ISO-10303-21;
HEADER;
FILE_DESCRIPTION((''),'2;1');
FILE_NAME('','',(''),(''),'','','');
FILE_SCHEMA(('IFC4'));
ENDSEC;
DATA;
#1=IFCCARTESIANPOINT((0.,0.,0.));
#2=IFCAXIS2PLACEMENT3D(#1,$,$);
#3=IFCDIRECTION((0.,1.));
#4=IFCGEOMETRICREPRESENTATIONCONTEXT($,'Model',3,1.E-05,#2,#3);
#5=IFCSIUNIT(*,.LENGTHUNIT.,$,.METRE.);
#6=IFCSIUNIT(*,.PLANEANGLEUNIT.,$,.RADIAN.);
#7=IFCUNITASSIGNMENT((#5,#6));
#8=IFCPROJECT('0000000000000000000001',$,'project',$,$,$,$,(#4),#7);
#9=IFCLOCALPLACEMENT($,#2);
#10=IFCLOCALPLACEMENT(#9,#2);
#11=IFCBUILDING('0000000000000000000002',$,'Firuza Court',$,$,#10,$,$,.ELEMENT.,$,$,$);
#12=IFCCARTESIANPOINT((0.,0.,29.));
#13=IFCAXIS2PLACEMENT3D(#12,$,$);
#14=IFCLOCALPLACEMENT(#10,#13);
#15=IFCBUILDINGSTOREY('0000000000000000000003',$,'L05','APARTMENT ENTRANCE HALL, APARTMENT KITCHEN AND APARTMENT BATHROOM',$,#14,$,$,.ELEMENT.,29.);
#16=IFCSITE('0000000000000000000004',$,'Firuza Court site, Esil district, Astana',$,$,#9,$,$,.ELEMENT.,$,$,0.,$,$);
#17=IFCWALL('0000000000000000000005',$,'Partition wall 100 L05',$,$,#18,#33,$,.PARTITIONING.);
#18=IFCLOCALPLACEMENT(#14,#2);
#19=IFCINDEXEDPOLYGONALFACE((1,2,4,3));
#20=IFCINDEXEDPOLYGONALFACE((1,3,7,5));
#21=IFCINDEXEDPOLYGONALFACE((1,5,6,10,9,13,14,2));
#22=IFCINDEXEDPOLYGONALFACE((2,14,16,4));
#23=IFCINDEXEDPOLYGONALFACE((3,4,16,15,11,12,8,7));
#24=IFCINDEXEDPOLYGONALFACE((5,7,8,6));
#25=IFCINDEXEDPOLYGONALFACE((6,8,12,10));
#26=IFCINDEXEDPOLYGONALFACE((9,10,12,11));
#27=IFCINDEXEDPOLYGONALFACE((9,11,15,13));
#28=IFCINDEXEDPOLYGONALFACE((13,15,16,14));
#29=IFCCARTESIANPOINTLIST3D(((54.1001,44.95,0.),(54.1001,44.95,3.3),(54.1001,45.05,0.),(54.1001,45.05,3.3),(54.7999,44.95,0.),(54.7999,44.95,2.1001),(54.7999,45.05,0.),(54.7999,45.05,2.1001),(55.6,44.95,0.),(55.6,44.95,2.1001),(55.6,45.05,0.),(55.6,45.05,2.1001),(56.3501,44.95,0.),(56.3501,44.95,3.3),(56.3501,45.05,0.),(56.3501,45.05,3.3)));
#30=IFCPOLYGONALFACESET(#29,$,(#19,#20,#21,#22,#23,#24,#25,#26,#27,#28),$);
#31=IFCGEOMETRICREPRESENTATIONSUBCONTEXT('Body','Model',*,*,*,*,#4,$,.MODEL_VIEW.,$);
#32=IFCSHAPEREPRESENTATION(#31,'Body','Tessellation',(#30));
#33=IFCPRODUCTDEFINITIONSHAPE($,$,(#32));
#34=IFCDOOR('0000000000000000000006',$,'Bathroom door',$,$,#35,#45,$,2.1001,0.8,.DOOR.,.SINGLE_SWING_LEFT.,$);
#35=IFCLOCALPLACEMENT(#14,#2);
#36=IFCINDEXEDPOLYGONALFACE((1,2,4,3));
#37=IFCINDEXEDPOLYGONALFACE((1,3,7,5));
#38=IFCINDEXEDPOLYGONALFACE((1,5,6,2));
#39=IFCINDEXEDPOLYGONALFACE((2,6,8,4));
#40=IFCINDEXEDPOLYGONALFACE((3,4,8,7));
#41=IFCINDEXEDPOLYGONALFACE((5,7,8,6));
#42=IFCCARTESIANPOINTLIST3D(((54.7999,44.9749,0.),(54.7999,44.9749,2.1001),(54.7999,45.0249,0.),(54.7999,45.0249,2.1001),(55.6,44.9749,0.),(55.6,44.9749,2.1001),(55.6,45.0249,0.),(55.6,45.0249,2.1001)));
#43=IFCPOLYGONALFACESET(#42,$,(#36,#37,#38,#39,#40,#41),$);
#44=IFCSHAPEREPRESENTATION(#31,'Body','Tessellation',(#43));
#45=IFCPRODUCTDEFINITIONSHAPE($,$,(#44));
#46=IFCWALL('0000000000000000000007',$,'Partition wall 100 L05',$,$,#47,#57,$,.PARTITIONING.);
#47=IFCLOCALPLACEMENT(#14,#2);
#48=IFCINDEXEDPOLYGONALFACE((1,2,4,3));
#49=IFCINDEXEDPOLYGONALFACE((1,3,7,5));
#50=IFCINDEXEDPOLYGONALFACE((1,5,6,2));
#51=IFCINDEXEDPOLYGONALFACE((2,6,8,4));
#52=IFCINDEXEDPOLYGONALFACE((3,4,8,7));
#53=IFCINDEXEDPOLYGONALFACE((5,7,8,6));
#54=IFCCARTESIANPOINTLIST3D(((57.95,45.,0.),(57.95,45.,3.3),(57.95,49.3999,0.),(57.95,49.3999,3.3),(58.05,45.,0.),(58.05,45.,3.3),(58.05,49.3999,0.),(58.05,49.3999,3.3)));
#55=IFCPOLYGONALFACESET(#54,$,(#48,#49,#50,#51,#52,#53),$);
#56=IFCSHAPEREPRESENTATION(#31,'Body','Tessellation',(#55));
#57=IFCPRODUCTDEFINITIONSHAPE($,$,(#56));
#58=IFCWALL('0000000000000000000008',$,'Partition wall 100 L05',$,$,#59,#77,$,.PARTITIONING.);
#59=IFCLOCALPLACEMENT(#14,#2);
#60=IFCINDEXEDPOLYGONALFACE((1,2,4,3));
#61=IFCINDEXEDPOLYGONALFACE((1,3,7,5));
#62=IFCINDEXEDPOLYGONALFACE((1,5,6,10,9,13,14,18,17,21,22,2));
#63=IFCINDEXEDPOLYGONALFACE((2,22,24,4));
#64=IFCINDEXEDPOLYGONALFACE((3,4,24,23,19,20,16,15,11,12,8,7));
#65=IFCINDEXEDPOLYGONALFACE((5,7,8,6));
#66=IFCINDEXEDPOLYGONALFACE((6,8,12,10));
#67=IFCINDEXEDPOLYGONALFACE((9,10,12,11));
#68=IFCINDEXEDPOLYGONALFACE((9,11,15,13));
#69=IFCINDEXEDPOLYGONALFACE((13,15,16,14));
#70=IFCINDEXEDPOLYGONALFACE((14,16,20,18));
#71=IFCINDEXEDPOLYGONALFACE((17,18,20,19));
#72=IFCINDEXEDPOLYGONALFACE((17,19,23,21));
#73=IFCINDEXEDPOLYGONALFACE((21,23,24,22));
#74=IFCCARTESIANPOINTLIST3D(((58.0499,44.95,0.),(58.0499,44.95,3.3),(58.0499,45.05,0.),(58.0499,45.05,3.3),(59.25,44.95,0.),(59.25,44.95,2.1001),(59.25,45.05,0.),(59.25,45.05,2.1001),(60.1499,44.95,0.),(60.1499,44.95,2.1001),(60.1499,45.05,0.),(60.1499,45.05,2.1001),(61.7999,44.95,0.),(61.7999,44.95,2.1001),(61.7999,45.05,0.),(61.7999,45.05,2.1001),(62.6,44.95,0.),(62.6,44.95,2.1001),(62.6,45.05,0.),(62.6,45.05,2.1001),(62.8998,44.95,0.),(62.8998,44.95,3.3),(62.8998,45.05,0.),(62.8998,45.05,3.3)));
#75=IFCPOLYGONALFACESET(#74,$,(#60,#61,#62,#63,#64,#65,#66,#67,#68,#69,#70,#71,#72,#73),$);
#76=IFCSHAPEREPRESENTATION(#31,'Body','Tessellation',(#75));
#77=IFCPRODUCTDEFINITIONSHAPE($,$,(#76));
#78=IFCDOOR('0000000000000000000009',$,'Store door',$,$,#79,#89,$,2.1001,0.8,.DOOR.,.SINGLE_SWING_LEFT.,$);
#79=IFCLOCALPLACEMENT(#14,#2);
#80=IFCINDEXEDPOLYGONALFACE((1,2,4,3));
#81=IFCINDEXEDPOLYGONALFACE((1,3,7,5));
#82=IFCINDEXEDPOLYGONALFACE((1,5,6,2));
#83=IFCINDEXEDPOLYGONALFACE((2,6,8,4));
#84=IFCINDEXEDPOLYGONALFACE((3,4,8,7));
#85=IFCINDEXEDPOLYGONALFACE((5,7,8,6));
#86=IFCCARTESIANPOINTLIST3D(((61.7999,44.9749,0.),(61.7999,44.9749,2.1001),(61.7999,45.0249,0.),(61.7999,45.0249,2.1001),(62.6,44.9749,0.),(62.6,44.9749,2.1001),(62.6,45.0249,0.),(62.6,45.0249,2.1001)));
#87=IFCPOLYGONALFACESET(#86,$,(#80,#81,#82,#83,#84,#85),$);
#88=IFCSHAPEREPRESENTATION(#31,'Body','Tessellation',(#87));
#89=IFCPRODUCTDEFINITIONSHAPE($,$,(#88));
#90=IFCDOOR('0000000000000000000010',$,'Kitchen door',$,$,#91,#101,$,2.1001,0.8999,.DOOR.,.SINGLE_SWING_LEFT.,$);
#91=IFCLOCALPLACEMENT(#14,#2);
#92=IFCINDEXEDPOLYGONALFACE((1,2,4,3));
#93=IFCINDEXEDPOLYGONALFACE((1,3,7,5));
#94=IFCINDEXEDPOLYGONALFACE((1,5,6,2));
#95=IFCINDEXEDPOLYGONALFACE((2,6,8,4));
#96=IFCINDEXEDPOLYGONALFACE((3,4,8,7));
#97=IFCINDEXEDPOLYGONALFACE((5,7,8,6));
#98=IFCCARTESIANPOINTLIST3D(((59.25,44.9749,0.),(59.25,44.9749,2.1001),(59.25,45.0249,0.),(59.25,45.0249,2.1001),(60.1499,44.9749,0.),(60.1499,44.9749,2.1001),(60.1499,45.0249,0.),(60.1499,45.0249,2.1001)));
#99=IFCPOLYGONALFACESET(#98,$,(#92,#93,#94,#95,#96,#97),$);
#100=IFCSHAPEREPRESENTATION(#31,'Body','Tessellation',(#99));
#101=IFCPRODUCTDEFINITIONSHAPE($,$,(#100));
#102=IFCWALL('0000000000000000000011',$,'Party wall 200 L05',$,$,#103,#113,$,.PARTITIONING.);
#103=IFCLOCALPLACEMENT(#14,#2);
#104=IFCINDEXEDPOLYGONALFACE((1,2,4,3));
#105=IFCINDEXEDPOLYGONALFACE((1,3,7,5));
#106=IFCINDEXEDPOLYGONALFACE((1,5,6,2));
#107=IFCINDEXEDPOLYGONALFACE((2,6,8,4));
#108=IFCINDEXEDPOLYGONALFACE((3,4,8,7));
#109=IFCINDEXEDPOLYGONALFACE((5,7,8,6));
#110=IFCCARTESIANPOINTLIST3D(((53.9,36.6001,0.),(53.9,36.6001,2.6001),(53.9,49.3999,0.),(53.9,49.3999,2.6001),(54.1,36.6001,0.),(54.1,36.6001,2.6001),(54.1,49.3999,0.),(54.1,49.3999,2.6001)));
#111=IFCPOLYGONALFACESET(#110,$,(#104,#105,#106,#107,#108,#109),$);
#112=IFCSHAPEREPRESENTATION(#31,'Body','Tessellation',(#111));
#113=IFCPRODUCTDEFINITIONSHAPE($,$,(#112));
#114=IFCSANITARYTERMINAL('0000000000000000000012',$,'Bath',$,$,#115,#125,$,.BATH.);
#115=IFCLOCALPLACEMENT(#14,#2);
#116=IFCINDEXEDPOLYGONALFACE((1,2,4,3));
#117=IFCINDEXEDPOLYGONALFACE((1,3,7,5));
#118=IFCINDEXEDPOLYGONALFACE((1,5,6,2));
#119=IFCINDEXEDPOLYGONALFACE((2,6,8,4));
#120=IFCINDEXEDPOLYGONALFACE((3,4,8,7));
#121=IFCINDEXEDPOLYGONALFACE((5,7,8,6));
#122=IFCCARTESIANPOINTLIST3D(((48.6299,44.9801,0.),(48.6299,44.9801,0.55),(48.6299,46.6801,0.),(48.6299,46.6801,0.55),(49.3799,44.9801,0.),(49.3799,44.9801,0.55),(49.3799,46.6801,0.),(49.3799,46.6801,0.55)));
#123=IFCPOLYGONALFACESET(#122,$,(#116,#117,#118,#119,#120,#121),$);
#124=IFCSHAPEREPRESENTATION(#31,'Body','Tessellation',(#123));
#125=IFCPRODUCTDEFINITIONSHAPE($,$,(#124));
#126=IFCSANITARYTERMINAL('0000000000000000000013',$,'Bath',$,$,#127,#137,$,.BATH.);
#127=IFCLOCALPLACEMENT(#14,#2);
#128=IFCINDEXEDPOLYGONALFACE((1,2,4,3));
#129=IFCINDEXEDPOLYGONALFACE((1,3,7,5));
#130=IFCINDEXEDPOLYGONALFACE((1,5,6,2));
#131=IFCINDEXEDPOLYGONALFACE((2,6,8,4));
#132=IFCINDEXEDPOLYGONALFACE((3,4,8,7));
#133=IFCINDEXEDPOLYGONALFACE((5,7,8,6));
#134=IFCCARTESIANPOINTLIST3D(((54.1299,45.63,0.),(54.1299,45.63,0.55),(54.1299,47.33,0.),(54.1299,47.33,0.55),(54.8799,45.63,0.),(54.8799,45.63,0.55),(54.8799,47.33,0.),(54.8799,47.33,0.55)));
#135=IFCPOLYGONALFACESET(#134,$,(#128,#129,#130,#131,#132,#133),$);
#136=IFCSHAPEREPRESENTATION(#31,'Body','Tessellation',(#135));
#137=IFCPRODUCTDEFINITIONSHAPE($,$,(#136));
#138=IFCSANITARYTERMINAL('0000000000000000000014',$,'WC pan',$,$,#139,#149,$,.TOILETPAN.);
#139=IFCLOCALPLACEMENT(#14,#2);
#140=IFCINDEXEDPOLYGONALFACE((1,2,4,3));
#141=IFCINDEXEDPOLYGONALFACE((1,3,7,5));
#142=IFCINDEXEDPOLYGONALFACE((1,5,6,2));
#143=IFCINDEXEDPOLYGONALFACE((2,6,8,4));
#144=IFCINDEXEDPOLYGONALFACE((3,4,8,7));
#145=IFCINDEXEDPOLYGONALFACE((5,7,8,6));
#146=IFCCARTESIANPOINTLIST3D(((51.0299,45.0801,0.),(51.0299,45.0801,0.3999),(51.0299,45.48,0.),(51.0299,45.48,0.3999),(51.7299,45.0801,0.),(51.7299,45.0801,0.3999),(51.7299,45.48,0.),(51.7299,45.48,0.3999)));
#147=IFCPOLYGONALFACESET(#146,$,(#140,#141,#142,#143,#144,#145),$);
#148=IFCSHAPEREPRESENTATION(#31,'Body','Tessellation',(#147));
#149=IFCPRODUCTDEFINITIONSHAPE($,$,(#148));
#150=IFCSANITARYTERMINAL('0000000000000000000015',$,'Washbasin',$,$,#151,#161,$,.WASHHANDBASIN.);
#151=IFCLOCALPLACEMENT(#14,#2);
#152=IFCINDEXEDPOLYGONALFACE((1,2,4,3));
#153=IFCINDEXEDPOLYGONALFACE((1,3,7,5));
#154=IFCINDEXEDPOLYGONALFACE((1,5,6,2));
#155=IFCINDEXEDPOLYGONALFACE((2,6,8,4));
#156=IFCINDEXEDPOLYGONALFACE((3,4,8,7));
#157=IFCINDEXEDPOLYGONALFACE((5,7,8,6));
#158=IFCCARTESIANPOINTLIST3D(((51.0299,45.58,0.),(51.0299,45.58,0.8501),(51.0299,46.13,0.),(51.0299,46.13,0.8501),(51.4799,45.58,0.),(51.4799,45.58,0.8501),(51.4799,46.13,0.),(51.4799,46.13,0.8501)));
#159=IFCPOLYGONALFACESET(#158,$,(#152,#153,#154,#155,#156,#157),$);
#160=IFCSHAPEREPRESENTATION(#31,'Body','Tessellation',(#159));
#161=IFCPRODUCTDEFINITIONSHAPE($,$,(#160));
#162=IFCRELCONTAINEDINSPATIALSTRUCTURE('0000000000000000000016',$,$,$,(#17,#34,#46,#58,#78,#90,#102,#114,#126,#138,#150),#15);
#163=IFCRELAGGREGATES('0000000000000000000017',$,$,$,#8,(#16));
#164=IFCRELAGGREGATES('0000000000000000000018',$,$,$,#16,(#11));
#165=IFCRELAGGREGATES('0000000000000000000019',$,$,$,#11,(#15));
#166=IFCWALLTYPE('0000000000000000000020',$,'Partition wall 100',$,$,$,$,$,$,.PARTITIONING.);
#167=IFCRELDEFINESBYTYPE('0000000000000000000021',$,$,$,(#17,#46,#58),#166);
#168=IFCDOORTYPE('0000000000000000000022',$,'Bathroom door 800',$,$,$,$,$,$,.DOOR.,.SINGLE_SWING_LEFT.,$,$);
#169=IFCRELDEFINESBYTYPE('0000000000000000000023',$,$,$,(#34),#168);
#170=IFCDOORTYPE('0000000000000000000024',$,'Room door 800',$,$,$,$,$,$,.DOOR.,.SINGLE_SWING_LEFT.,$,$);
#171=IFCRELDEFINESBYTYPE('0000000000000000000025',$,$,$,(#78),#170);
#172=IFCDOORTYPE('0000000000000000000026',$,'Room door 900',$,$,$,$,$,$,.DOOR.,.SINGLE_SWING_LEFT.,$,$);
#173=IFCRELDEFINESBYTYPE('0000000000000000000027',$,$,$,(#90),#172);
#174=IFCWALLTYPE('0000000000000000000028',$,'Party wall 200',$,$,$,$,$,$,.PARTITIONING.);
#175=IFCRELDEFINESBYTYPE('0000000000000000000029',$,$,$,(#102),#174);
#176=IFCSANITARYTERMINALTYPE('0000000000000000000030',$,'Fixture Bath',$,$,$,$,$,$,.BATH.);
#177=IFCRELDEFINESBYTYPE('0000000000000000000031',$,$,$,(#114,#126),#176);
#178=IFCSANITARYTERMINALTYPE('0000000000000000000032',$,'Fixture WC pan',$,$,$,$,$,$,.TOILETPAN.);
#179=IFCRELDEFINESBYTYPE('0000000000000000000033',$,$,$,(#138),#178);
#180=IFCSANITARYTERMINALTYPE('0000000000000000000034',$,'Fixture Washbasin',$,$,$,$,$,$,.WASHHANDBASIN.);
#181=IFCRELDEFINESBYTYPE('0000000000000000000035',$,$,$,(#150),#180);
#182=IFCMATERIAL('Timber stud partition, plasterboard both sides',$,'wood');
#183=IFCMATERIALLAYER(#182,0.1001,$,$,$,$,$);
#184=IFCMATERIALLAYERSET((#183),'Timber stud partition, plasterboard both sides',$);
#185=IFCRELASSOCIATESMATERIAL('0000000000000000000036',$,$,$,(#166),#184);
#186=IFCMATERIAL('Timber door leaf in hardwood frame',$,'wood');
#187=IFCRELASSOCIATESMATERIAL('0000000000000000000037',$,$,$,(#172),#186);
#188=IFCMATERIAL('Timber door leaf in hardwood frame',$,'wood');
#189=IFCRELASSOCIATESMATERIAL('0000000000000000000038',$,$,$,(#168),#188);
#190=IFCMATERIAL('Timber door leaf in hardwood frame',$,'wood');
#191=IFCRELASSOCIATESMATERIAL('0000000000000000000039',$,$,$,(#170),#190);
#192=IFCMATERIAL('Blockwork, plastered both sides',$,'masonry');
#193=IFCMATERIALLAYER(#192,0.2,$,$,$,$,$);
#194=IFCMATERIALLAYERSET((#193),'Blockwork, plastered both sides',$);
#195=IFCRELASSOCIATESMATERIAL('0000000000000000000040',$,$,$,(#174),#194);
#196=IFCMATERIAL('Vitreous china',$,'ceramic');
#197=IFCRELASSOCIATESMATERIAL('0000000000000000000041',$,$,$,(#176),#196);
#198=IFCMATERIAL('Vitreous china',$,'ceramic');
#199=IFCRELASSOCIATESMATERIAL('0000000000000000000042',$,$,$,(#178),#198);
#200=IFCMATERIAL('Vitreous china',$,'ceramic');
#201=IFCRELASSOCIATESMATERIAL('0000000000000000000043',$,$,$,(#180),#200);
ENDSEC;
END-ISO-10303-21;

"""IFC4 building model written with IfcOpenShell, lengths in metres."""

from ifc_helpers import new_model, si_unit, direction, frame, frame_2d, origin, origin_2d, place, context, subcontext, project, spatial, rectangle, extrude, material, layer, layer_set, type_object, element, fill, save


model = new_model("IFC4")

# Units and contexts
model_context = context("Model", 3, precision=1e-05, world=origin(), true_north=direction((0.0, 1.0)))
body_context = subcontext(model_context, "Body", "Model", "MODEL_VIEW")
ifc_project = project(units=[si_unit("LENGTHUNIT", "METRE"), si_unit("PLANEANGLEUNIT", "RADIAN")], contexts=[model_context])

# Site, building, storey
site_placement = place(None, origin())
site = spatial("IfcSite", under=ifc_project, at=site_placement, Name="Firuza Court site, Esil district, Astana", CompositionType="ELEMENT", RefElevation=0.0)
building_placement = place(site_placement, origin())
building = spatial("IfcBuilding", under=site, at=building_placement, Name="Firuza Court", CompositionType="ELEMENT")
storey_placement = place(building_placement, frame((0.0, 0.0, 29.0)))
storey = spatial("IfcBuildingStorey", under=building, at=storey_placement, Name="L05", Description="APARTMENT ENTRANCE HALL, APARTMENT KITCHEN AND APARTMENT BATHROOM", CompositionType="ELEMENT", Elevation=29.0)

# Shared definitions
ifc_material_1 = material(Name="Timber stud partition, plasterboard both sides", Category="wood")
ifc_layer_1 = layer(ifc_material_1, 0.1001)
ifc_layer_set_1 = layer_set([ifc_layer_1], Name="Timber stud partition, plasterboard both sides")
wall_type_1 = type_object("IfcWallType", Name="Partition wall 100", PredefinedType="PARTITIONING", material=ifc_layer_set_1)

# Shared definitions
ifc_material_2 = material(Name="Timber door leaf in hardwood frame", Category="wood")
door_type_1 = type_object("IfcDoorType", Name="Room door 900", OperationType="SINGLE_SWING_LEFT", PredefinedType="DOOR", material=ifc_material_2)

# Wall, opening, door
wall_1_placement = place(storey_placement, frame((54.1001, 45.0, 0.0), z_axis=(0.0, 0.0, 1.0), x_axis=(1.0, 0.0, 0.0)))
wall_1 = element("IfcWall", 1, at=wall_1_placement, inside=storey, type_object=wall_type_1, Name="Partition wall 100 L05", PredefinedType="PARTITIONING", context=body_context, shape_type="SweptSolid", body=[
    extrude(rectangle(XDim=2.25, YDim=0.1001, at=frame_2d((1.125, 0.0))), origin(), (0.0, 0.0, 1.0), 3.3),
])
opening_1_placement = place(wall_1_placement, frame((0.7, 0.0, 0.0)))
opening_1 = element("IfcOpeningElement", 2, at=opening_1_placement, cuts=wall_1, PredefinedType="OPENING", context=body_context, shape_type="SweptSolid", body=[
    extrude(rectangle(XDim=0.8, YDim=2.1001, at=frame_2d((0.3999, 1.05))), frame((0.0, 0.062, 0.0), z_axis=(0.0, -1.0, 0.0), x_axis=(1.0, 0.0, 0.0)), (0.0, 0.0, 1.0), 0.124),
])
ifc_material_3 = material(Name="Timber door leaf in hardwood frame", Category="wood")
door_type_2 = type_object("IfcDoorType", Name="Bathroom door 800", OperationType="SINGLE_SWING_LEFT", PredefinedType="DOOR", material=ifc_material_3)
door_1_placement = place(opening_1_placement, origin())
door_1 = element("IfcDoor", 3, at=door_1_placement, inside=storey, type_object=door_type_2, Name="Bathroom door", OperationType="SINGLE_SWING_LEFT", OverallHeight=2.1001, OverallWidth=0.8, PredefinedType="DOOR", context=body_context, shape_type="SweptSolid", body=[
    extrude(rectangle(XDim=0.8, YDim=2.1001, at=frame_2d((0.3999, 1.05))), frame((0.0, 0.0249, 0.0), z_axis=(0.0, -1.0, 0.0), x_axis=(1.0, 0.0, 0.0)), (0.0, 0.0, 1.0), 0.05),
])
fill(opening_1, door_1)

# Wall
wall_2_placement = place(storey_placement, frame((58.0, 45.0, 0.0), z_axis=(0.0, 0.0, 1.0), x_axis=(0.0, 1.0, 0.0)))
element("IfcWall", 4, at=wall_2_placement, inside=storey, type_object=wall_type_1, Name="Partition wall 100 L05", PredefinedType="PARTITIONING", context=body_context, shape_type="SweptSolid", body=[
    extrude(rectangle(XDim=4.3999, YDim=0.1001, at=frame_2d((2.2, 0.0))), origin(), (0.0, 0.0, 1.0), 3.3),
])

# Wall, openings, doors
wall_3_placement = place(storey_placement, frame((58.05, 45.0, 0.0), z_axis=(0.0, 0.0, 1.0), x_axis=(1.0, 0.0, 0.0)))
wall_3 = element("IfcWall", 5, at=wall_3_placement, inside=storey, type_object=wall_type_1, Name="Partition wall 100 L05", PredefinedType="PARTITIONING", context=body_context, shape_type="SweptSolid", body=[
    extrude(rectangle(XDim=4.8499, YDim=0.1001, at=frame_2d((2.4248, 0.0))), origin(), (0.0, 0.0, 1.0), 3.3),
])
opening_2_placement = place(wall_3_placement, frame((1.2, 0.0, 0.0)))
opening_2 = element("IfcOpeningElement", 6, at=opening_2_placement, cuts=wall_3, PredefinedType="OPENING", context=body_context, shape_type="SweptSolid", body=[
    extrude(rectangle(XDim=0.8999, YDim=2.1001, at=frame_2d((0.45, 1.05))), frame((0.0, 0.062, 0.0), z_axis=(0.0, -1.0, 0.0), x_axis=(1.0, 0.0, 0.0)), (0.0, 0.0, 1.0), 0.124),
])
opening_3_placement = place(wall_3_placement, frame((3.75, 0.0, 0.0)))
opening_3 = element("IfcOpeningElement", 7, at=opening_3_placement, cuts=wall_3, PredefinedType="OPENING", context=body_context, shape_type="SweptSolid", body=[
    extrude(rectangle(XDim=0.8, YDim=2.1001, at=frame_2d((0.3999, 1.05))), frame((0.0, 0.062, 0.0), z_axis=(0.0, -1.0, 0.0), x_axis=(1.0, 0.0, 0.0)), (0.0, 0.0, 1.0), 0.124),
])
ifc_material_4 = material(Name="Timber door leaf in hardwood frame", Category="wood")
door_type_3 = type_object("IfcDoorType", Name="Room door 800", OperationType="SINGLE_SWING_LEFT", PredefinedType="DOOR", material=ifc_material_4)
door_2_placement = place(opening_3_placement, origin())
door_2 = element("IfcDoor", 8, at=door_2_placement, inside=storey, type_object=door_type_3, Name="Store door", OperationType="SINGLE_SWING_LEFT", OverallHeight=2.1001, OverallWidth=0.8, PredefinedType="DOOR", context=body_context, shape_type="SweptSolid", body=[
    extrude(rectangle(XDim=0.8, YDim=2.1001, at=frame_2d((0.3999, 1.05))), frame((0.0, 0.0249, 0.0), z_axis=(0.0, -1.0, 0.0), x_axis=(1.0, 0.0, 0.0)), (0.0, 0.0, 1.0), 0.05),
])
fill(opening_3, door_2)
door_3_placement = place(opening_2_placement, origin())
door_3 = element("IfcDoor", 9, at=door_3_placement, inside=storey, type_object=door_type_1, Name="Kitchen door", OperationType="SINGLE_SWING_LEFT", OverallHeight=2.1001, OverallWidth=0.8999, PredefinedType="DOOR", context=body_context, shape_type="SweptSolid", body=[
    extrude(rectangle(XDim=0.8999, YDim=2.1001, at=frame_2d((0.45, 1.05))), frame((0.0, 0.0249, 0.0), z_axis=(0.0, -1.0, 0.0), x_axis=(1.0, 0.0, 0.0)), (0.0, 0.0, 1.0), 0.05),
])
fill(opening_2, door_3)

# Wall
ifc_material_5 = material(Name="Blockwork, plastered both sides", Category="masonry")
ifc_layer_2 = layer(ifc_material_5, 0.2)
ifc_layer_set_2 = layer_set([ifc_layer_2], Name="Blockwork, plastered both sides")
wall_type_2 = type_object("IfcWallType", Name="Party wall 200", PredefinedType="PARTITIONING", material=ifc_layer_set_2)
wall_4_placement = place(storey_placement, frame((54.0, 36.6001, 0.0), z_axis=(0.0, 0.0, 1.0), x_axis=(0.0, 1.0, 0.0)))
element("IfcWall", 10, at=wall_4_placement, inside=storey, type_object=wall_type_2, Name="Party wall 200 L05", PredefinedType="PARTITIONING", context=body_context, shape_type="SweptSolid", body=[
    extrude(rectangle(XDim=12.7998, YDim=0.2, at=frame_2d((6.3999, 0.0))), origin(), (0.0, 0.0, 1.0), 2.6001),
])

# Sanitary terminals
ifc_material_6 = material(Name="Vitreous china", Category="ceramic")
sanitary_terminal_type_1 = type_object("IfcSanitaryTerminalType", Name="Fixture Bath", PredefinedType="BATH", material=ifc_material_6)
for number, where, z_axis, x_axis, name in (
    (11, (49.0049, 45.8301, 0.0), (0.0, 0.0, 1.0), (1.0, 0.0, 0.0), "Bath"),
    (12, (54.5049, 46.48, 0.0), (0.0, 0.0, 1.0), (1.0, 0.0, 0.0), "Bath"),
):
    element("IfcSanitaryTerminal", number, at=place(storey_placement, frame(where, z_axis=z_axis, x_axis=x_axis)), inside=storey, type_object=sanitary_terminal_type_1, Name=name, PredefinedType="BATH", context=body_context, shape_type="SweptSolid", body=[
        extrude(rectangle(XDim=0.75, YDim=1.7, at=origin_2d()), origin(), (0.0, 0.0, 1.0), 0.55),
    ])
ifc_material_7 = material(Name="Vitreous china", Category="ceramic")
sanitary_terminal_type_2 = type_object("IfcSanitaryTerminalType", Name="Fixture WC pan", PredefinedType="TOILETPAN", material=ifc_material_7)
sanitary_terminal_1_placement = place(storey_placement, frame((51.3799, 45.28, 0.0), z_axis=(0.0, 0.0, 1.0), x_axis=(1.0, 0.0, 0.0)))
element("IfcSanitaryTerminal", 13, at=sanitary_terminal_1_placement, inside=storey, type_object=sanitary_terminal_type_2, Name="WC pan", PredefinedType="TOILETPAN", context=body_context, shape_type="SweptSolid", body=[
    extrude(rectangle(XDim=0.7, YDim=0.3999, at=origin_2d()), origin(), (0.0, 0.0, 1.0), 0.3999),
])
ifc_material_8 = material(Name="Vitreous china", Category="ceramic")
sanitary_terminal_type_3 = type_object("IfcSanitaryTerminalType", Name="Fixture Washbasin", PredefinedType="WASHHANDBASIN", material=ifc_material_8)
sanitary_terminal_2_placement = place(storey_placement, frame((51.2549, 45.855, 0.0), z_axis=(0.0, 0.0, 1.0), x_axis=(1.0, 0.0, 0.0)))
element("IfcSanitaryTerminal", 14, at=sanitary_terminal_2_placement, inside=storey, type_object=sanitary_terminal_type_3, Name="Washbasin", PredefinedType="WASHHANDBASIN", context=body_context, shape_type="SweptSolid", body=[
    extrude(rectangle(XDim=0.45, YDim=0.55, at=origin_2d()), origin(), (0.0, 0.0, 1.0), 0.8501),
])

save(model, "model.ifc")
